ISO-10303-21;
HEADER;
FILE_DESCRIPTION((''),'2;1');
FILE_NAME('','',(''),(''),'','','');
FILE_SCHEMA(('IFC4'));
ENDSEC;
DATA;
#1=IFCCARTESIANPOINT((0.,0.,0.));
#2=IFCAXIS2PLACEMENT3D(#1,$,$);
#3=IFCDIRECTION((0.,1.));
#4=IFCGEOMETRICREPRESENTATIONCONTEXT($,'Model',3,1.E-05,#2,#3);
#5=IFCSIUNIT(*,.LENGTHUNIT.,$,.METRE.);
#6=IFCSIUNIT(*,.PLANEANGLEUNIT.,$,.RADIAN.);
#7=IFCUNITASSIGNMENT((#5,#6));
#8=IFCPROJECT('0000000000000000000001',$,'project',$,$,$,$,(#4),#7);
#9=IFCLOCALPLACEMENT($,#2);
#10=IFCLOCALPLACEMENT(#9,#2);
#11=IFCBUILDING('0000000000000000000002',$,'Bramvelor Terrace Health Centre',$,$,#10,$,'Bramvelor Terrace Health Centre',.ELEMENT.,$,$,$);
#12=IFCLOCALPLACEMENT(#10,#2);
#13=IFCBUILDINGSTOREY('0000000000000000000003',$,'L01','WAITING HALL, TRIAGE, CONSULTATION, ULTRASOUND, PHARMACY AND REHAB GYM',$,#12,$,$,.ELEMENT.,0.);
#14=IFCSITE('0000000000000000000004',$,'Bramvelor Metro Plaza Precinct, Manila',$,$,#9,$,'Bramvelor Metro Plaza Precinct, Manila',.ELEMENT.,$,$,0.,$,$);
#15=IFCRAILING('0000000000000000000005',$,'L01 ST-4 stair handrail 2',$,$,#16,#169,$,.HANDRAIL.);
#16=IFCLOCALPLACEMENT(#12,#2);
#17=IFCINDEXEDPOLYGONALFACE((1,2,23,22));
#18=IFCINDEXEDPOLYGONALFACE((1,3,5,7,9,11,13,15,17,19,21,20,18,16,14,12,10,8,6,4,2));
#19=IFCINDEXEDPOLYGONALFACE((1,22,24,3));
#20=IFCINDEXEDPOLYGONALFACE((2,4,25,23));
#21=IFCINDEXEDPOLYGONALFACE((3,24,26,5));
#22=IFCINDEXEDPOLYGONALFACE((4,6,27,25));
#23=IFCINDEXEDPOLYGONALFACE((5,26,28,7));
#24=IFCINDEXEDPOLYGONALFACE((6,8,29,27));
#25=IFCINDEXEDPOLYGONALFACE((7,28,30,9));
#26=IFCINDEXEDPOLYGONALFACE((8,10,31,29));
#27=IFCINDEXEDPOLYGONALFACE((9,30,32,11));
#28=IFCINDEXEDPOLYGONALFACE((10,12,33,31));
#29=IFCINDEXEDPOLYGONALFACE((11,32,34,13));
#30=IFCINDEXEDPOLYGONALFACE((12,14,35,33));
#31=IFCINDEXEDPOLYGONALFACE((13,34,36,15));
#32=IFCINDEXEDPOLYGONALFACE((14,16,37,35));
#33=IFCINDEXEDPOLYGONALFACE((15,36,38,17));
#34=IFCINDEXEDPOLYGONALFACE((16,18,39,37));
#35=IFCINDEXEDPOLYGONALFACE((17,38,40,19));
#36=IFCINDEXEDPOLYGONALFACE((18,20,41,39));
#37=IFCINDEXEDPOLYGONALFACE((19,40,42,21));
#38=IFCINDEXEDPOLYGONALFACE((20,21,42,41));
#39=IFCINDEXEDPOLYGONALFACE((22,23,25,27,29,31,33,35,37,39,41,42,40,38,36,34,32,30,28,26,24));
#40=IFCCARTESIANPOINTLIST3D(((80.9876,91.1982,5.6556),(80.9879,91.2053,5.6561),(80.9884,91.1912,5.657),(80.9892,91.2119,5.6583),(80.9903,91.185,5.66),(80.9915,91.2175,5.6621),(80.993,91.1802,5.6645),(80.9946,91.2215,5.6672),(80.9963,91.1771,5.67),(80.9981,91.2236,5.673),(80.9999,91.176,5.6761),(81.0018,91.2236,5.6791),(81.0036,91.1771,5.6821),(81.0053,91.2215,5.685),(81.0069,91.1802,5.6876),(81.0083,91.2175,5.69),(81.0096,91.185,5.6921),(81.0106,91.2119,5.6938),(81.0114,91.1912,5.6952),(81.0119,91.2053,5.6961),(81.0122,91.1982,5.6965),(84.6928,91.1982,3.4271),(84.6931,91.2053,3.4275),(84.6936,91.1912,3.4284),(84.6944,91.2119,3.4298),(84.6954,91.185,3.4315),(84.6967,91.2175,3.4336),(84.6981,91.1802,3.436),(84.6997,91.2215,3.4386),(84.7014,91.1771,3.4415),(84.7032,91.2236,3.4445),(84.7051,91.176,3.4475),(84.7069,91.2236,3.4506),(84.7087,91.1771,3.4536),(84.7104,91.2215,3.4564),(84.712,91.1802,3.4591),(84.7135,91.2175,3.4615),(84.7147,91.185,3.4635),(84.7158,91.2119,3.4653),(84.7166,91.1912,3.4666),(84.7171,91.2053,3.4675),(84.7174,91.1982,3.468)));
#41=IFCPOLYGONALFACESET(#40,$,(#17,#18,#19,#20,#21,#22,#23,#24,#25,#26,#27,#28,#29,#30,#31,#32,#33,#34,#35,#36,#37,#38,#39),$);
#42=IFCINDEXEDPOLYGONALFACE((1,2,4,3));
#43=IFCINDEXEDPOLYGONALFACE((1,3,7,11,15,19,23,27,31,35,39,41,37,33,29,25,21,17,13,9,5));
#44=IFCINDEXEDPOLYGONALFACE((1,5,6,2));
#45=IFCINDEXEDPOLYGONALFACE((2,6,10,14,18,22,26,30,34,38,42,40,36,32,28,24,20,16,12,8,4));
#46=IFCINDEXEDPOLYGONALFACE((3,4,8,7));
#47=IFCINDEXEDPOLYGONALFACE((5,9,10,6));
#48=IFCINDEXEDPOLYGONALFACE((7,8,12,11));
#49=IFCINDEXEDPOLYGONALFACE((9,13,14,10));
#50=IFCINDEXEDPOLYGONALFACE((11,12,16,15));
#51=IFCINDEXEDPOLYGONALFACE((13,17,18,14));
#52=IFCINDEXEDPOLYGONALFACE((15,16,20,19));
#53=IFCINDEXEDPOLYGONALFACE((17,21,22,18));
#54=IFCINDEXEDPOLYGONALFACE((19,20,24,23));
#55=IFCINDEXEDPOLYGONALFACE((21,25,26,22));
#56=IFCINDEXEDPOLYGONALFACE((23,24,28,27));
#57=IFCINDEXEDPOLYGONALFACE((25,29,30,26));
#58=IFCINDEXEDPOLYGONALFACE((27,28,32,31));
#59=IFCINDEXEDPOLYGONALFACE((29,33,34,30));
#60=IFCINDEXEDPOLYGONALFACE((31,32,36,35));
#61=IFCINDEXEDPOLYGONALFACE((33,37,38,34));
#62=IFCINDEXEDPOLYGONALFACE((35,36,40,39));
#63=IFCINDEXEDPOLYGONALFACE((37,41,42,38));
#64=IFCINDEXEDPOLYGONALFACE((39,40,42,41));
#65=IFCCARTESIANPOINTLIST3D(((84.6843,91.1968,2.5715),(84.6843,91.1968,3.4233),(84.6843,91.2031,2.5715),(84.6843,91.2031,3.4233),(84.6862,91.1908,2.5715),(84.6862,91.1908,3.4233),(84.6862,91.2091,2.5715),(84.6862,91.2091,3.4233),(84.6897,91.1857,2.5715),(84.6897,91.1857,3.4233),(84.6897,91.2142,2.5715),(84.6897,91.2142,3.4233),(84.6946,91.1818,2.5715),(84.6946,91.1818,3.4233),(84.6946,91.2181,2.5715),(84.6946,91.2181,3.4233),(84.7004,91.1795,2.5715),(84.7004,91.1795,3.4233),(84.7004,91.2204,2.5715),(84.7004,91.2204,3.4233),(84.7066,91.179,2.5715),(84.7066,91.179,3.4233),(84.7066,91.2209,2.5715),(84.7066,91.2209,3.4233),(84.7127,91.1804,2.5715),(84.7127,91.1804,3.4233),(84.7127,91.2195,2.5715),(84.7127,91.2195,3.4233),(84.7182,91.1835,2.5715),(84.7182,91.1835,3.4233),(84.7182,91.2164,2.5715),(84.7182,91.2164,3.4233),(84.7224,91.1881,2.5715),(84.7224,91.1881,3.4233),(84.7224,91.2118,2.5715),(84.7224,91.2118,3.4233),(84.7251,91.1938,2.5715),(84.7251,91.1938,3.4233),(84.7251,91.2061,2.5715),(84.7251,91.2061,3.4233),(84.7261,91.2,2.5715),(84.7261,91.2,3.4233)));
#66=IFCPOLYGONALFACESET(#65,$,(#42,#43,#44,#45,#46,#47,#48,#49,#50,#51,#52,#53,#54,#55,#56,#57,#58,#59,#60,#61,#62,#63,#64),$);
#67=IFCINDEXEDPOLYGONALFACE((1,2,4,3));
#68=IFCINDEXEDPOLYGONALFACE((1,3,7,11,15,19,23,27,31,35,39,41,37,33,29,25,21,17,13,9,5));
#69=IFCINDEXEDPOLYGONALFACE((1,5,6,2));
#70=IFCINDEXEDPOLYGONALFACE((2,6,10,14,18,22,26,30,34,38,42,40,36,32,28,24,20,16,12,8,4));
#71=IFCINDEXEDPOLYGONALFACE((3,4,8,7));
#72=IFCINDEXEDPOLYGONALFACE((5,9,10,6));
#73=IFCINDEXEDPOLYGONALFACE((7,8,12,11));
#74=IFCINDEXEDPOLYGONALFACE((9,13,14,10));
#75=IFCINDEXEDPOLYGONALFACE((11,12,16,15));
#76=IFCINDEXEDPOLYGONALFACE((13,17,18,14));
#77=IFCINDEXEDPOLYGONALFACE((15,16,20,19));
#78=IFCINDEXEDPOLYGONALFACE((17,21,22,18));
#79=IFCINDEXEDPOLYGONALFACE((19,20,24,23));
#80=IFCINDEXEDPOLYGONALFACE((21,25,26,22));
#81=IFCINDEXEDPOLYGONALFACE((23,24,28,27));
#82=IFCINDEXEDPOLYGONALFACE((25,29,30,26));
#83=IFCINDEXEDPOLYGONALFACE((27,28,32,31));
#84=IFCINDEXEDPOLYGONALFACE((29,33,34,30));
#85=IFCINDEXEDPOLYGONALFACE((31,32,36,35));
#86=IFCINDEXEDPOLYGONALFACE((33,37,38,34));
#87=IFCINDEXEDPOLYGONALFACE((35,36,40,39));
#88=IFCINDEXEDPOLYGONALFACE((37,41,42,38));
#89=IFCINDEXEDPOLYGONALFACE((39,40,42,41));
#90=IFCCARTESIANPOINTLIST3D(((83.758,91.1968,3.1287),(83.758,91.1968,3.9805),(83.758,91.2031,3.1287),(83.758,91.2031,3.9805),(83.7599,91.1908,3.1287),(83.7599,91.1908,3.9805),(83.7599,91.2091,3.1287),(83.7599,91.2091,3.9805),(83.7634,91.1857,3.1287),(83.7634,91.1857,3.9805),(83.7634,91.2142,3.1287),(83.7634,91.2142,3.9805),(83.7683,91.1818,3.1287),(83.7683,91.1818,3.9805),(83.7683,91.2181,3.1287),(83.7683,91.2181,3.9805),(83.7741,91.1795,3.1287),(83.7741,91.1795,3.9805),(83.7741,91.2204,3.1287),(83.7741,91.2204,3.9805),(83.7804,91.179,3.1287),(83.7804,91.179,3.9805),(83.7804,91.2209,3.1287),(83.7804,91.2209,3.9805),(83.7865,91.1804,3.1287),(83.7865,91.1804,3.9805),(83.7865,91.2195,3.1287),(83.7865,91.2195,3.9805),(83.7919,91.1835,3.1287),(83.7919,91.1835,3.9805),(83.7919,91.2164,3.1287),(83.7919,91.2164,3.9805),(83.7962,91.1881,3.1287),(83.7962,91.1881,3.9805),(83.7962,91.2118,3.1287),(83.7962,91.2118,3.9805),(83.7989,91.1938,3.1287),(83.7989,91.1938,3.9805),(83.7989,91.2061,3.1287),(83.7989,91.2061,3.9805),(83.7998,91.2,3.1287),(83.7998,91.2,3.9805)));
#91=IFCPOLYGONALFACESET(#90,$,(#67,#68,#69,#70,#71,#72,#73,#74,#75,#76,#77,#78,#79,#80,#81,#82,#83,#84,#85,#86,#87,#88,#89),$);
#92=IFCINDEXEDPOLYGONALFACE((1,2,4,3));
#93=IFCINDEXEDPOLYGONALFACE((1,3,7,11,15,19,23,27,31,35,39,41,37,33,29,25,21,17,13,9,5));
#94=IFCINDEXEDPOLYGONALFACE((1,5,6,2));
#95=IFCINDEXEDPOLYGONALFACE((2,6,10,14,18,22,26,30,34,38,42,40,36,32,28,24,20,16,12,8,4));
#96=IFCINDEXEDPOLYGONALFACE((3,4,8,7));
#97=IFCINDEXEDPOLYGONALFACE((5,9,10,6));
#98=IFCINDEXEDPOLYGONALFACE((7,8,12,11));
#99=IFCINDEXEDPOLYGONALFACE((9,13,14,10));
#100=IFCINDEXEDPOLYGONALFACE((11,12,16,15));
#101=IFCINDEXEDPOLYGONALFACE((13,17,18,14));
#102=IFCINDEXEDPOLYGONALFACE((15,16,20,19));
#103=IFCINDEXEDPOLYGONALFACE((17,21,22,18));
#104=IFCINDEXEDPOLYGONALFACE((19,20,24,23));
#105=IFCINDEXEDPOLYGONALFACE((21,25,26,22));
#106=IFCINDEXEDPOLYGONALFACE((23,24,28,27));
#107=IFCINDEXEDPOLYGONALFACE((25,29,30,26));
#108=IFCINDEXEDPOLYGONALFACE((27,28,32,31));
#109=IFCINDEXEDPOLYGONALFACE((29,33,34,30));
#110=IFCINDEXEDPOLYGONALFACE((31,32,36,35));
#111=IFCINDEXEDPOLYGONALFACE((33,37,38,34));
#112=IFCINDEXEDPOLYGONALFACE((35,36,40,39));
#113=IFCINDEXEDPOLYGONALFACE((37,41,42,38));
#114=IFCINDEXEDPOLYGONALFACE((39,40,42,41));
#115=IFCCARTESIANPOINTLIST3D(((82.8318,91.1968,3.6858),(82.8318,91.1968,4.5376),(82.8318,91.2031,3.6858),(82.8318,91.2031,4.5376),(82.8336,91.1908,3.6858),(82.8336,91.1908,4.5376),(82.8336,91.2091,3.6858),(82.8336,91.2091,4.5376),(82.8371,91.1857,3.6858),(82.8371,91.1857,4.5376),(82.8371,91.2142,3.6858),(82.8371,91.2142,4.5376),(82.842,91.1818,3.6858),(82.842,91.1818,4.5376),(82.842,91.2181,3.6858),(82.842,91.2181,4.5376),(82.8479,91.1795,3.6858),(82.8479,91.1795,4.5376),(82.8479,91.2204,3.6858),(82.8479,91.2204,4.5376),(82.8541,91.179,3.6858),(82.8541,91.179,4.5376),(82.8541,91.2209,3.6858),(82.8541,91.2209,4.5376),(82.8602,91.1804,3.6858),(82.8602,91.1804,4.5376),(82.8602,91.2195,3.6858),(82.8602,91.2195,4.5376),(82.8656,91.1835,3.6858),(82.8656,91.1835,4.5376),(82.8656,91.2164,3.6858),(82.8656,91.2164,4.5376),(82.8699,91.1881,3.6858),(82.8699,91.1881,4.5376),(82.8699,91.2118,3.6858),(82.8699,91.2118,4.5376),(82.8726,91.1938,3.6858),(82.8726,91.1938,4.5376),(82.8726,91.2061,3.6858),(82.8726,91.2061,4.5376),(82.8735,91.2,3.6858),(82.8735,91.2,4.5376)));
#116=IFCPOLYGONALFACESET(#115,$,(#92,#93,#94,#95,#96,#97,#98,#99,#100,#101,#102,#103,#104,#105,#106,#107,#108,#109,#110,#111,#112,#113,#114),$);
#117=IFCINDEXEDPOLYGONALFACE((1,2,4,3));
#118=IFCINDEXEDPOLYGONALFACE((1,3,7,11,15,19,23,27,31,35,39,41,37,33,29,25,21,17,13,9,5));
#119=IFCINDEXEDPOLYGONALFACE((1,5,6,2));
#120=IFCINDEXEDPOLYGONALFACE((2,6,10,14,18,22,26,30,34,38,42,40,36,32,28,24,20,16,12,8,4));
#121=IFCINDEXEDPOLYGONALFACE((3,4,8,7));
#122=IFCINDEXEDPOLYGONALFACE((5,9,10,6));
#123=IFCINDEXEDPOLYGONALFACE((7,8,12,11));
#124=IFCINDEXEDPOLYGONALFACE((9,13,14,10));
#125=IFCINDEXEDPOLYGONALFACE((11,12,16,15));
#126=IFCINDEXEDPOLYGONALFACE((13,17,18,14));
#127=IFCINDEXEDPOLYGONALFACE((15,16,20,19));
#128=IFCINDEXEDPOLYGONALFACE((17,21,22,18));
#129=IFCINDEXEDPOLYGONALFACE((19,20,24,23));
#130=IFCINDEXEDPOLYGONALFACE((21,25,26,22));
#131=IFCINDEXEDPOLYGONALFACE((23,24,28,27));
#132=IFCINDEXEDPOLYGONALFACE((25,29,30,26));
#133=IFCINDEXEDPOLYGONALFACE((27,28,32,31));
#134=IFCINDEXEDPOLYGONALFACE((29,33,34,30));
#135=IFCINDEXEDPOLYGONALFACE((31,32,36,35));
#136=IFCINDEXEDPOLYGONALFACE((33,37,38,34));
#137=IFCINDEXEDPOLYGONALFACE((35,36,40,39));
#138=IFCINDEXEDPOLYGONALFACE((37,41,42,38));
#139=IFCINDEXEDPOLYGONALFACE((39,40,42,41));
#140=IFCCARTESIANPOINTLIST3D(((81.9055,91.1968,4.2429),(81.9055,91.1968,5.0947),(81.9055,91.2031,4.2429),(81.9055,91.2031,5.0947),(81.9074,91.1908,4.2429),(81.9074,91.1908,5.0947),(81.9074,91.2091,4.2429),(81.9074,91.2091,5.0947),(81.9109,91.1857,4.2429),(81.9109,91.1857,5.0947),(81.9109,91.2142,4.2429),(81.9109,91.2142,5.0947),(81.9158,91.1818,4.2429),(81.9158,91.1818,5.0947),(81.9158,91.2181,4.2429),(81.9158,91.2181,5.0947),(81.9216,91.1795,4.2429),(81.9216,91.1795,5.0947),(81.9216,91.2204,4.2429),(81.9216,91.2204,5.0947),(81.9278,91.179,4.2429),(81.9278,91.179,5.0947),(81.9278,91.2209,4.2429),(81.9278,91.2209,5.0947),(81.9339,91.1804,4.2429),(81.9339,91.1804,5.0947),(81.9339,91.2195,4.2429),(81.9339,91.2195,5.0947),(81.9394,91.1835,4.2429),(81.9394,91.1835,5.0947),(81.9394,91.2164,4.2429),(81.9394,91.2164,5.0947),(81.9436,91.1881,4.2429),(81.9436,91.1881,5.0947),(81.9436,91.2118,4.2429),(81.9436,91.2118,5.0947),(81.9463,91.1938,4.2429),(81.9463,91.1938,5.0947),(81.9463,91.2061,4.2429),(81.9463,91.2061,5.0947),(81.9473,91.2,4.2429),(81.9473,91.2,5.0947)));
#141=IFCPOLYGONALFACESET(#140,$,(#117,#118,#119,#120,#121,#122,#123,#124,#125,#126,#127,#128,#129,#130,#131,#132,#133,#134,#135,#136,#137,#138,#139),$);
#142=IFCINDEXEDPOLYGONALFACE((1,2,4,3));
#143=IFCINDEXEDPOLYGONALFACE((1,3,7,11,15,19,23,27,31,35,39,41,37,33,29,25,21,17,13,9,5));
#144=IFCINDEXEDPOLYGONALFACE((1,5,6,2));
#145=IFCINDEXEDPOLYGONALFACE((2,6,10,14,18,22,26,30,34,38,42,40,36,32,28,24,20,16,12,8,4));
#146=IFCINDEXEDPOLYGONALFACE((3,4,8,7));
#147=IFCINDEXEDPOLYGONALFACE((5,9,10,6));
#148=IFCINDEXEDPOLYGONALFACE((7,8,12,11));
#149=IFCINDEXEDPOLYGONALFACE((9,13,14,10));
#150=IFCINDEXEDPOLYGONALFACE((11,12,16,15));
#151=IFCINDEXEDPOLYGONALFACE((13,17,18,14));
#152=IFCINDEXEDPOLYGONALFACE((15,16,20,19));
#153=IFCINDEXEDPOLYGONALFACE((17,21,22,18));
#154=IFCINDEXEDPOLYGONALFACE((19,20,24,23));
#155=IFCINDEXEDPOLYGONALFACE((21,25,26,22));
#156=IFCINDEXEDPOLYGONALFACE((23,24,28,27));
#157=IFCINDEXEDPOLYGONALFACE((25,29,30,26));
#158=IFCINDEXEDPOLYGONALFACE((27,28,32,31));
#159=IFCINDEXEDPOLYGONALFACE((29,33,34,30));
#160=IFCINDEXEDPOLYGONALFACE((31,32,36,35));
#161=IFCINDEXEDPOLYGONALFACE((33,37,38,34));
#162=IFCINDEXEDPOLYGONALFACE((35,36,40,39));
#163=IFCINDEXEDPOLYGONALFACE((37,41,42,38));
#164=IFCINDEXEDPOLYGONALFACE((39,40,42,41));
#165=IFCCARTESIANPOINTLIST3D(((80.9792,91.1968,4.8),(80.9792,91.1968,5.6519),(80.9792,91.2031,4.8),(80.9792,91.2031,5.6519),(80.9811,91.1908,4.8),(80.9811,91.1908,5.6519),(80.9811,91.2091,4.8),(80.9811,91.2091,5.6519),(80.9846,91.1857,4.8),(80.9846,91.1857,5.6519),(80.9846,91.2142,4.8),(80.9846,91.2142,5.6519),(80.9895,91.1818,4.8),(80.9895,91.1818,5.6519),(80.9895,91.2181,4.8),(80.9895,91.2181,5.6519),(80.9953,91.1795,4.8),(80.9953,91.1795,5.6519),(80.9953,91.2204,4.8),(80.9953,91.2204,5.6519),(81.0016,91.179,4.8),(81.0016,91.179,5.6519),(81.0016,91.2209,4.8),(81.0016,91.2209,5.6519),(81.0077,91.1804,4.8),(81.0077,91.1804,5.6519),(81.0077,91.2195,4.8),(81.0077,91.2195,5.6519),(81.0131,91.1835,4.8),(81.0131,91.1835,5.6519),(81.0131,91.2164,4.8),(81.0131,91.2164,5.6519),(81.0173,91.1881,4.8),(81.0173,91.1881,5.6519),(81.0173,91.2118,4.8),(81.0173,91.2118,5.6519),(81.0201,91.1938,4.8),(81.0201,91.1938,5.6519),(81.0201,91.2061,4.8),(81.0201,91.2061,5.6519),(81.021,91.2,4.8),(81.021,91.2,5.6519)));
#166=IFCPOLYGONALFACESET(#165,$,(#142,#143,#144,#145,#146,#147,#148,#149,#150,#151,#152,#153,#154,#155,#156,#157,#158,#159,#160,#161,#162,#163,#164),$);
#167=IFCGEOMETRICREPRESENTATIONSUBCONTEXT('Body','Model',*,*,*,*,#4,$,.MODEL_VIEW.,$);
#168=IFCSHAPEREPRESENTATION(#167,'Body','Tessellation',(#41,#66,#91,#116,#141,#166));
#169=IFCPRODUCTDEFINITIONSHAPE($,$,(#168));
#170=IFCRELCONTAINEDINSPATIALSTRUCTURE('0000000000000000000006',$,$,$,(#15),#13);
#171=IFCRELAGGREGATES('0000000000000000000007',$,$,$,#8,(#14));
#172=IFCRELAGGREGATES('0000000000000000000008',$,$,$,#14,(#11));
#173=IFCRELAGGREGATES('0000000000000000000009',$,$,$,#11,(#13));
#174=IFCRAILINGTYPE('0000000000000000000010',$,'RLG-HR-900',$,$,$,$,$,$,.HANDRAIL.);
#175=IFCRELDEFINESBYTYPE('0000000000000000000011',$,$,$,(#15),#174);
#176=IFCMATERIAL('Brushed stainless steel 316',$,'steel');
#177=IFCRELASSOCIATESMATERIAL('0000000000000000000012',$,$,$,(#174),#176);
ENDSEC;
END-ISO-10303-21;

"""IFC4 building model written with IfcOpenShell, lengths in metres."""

from ifc_helpers import new_model, si_unit, direction, frame, origin, origin_2d, place, context, subcontext, project, spatial, circle, extrude, material, type_object, element, save


model = new_model("IFC4")

# Units and contexts
model_context = context("Model", 3, precision=1e-05, world=origin(), true_north=direction((0.0, 1.0)))
body_context = subcontext(model_context, "Body", "Model", "MODEL_VIEW")
ifc_project = project(units=[si_unit("LENGTHUNIT", "METRE"), si_unit("PLANEANGLEUNIT", "RADIAN")], contexts=[model_context])

# Site, building, storey
site_placement = place(None, origin())
site = spatial("IfcSite", under=ifc_project, at=site_placement, Name="Bramvelor Metro Plaza Precinct, Manila", LongName="Bramvelor Metro Plaza Precinct, Manila", CompositionType="ELEMENT", RefElevation=0.0)
building_placement = place(site_placement, origin())
building = spatial("IfcBuilding", under=site, at=building_placement, Name="Bramvelor Terrace Health Centre", LongName="Bramvelor Terrace Health Centre", CompositionType="ELEMENT")
storey_placement = place(building_placement, origin())
storey = spatial("IfcBuildingStorey", under=building, at=storey_placement, Name="L01", Description="WAITING HALL, TRIAGE, CONSULTATION, ULTRASOUND, PHARMACY AND REHAB GYM", CompositionType="ELEMENT", Elevation=0.0)

# Railing
ifc_material_1 = material(Name="Brushed stainless steel 316", Category="steel")
railing_type_1 = type_object("IfcRailingType", Name="RLG-HR-900", PredefinedType="HANDRAIL", material=ifc_material_1)
railing_1_placement = place(storey_placement, frame((84.7051, 91.2, 2.5715)))
element("IfcRailing", 1, at=railing_1_placement, inside=storey, type_object=railing_type_1, Name="L01 ST-4 stair handrail 2", PredefinedType="HANDRAIL", context=body_context, shape_type="SweptSolid", body=[
    extrude(circle(Radius=0.0239, at=origin_2d()), frame((0.0, 0.0, 0.876), z_axis=(-0.856934, 0.0, 0.515425), x_axis=(0.0, -1.0, 0.0)), (0.0, 0.0, 1.0), 4.3237),
    extrude(circle(Radius=0.021, at=origin_2d()), origin(), (0.0, 0.0, 1.0), 0.8518),
    extrude(circle(Radius=0.021, at=origin_2d()), frame((-0.9263, 0.0, 0.5571)), (0.0, 0.0, 1.0), 0.8518),
    extrude(circle(Radius=0.021, at=origin_2d()), frame((-1.8525, 0.0, 1.1143)), (0.0, 0.0, 1.0), 0.8518),
    extrude(circle(Radius=0.021, at=origin_2d()), frame((-2.7788, 0.0, 1.6714)), (0.0, 0.0, 1.0), 0.8518),
    extrude(circle(Radius=0.021, at=origin_2d()), frame((-3.7051, 0.0, 2.2285)), (0.0, 0.0, 1.0), 0.8518),
])

save(model, "model.ifc")
